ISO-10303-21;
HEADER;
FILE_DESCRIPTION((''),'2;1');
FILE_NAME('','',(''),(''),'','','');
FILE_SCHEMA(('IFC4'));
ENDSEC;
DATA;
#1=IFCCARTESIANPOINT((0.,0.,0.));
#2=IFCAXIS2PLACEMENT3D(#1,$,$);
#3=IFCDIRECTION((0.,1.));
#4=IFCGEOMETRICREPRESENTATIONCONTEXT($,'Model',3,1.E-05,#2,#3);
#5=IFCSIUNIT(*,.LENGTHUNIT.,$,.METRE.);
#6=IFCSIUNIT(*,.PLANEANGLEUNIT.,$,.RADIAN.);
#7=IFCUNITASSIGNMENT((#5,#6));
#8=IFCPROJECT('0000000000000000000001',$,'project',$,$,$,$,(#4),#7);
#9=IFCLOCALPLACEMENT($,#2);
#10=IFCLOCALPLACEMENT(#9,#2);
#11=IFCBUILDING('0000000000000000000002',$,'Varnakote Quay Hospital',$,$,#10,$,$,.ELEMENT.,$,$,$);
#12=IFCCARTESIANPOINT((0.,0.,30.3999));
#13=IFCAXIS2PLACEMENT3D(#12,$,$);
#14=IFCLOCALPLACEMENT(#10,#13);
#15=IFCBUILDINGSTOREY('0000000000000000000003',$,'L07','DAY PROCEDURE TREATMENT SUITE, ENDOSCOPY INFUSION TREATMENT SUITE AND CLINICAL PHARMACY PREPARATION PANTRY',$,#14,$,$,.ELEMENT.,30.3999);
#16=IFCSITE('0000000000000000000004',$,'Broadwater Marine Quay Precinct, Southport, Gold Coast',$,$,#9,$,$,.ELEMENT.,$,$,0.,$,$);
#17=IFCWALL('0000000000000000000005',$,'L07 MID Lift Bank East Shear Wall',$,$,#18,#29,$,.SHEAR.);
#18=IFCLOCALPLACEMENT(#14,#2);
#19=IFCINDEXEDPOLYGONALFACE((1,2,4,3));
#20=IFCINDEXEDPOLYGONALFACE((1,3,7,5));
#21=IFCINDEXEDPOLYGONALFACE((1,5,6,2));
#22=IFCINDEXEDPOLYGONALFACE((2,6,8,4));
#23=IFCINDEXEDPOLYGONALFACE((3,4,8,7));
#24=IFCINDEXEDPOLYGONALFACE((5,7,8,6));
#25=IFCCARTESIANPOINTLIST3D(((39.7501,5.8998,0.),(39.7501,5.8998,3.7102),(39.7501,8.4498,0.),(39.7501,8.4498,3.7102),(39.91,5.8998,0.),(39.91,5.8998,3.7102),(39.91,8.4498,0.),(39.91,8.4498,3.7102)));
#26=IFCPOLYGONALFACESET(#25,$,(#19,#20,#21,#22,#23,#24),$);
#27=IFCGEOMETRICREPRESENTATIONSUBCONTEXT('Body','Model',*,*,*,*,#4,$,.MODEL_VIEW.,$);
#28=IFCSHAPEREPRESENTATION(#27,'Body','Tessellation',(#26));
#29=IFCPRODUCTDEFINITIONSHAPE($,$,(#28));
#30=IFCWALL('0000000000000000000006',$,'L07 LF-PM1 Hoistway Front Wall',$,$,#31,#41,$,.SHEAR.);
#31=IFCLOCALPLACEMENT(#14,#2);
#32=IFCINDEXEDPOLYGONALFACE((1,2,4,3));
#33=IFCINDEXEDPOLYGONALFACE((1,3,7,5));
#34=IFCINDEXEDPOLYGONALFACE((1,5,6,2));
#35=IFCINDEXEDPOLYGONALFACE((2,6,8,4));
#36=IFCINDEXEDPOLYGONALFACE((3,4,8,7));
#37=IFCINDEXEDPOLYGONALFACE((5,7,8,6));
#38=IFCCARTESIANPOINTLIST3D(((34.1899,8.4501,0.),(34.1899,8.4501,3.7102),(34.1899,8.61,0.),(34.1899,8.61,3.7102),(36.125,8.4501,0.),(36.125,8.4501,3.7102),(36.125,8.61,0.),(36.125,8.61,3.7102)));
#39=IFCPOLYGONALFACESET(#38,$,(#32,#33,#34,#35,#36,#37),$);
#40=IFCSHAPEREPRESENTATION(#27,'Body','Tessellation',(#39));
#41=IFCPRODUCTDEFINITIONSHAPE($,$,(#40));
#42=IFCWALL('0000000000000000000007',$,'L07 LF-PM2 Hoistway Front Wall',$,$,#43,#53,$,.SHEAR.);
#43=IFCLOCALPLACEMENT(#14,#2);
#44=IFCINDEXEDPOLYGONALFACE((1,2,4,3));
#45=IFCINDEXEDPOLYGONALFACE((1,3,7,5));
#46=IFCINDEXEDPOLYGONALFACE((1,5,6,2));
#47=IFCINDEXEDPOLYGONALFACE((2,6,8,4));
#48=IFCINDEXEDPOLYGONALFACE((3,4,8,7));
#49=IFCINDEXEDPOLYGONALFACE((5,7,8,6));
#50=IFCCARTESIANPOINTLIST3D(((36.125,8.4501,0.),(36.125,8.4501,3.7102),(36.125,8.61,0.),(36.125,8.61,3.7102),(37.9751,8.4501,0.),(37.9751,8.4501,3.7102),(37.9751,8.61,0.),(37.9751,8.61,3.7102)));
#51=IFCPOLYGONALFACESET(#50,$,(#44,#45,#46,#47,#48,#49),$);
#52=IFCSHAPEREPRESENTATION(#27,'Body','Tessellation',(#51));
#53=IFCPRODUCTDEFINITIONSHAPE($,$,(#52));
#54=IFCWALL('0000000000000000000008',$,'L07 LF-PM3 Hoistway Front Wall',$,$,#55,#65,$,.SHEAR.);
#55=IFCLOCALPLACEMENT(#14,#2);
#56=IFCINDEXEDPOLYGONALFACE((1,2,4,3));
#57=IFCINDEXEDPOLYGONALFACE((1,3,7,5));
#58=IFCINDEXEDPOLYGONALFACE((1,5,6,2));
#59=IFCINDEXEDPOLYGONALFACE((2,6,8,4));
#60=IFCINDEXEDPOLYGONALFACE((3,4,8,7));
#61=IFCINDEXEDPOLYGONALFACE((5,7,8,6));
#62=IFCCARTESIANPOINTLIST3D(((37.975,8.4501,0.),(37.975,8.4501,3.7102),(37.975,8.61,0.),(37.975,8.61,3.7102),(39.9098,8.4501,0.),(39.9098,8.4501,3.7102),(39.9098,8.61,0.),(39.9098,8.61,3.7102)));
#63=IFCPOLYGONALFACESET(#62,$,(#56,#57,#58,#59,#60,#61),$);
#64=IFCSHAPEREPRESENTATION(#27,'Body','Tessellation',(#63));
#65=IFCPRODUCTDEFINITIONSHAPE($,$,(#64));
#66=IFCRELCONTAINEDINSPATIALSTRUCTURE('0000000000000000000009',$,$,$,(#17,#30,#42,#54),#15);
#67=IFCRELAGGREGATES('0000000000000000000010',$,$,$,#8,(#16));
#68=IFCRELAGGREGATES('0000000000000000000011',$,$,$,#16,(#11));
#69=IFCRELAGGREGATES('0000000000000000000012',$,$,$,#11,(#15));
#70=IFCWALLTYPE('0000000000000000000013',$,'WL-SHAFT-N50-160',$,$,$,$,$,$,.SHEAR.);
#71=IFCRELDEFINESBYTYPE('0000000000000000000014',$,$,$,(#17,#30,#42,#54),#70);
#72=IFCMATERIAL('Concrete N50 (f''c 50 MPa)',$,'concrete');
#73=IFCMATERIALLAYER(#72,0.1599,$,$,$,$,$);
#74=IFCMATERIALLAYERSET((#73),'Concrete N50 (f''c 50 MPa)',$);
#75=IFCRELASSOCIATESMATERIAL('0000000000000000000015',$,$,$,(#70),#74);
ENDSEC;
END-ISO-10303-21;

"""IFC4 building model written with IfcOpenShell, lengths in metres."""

from ifc_helpers import new_model, si_unit, direction, frame, frame_2d, origin, place, context, subcontext, project, spatial, rectangle, extrude, material, layer, layer_set, type_object, element, save


model = new_model("IFC4")

# Units and contexts
model_context = context("Model", 3, precision=1e-05, world=origin(), true_north=direction((0.0, 1.0)))
body_context = subcontext(model_context, "Body", "Model", "MODEL_VIEW")
ifc_project = project(units=[si_unit("LENGTHUNIT", "METRE"), si_unit("PLANEANGLEUNIT", "RADIAN")], contexts=[model_context])

# Site, building, storey
site_placement = place(None, origin())
site = spatial("IfcSite", under=ifc_project, at=site_placement, Name="Broadwater Marine Quay Precinct, Southport, Gold Coast", CompositionType="ELEMENT", RefElevation=0.0)
building_placement = place(site_placement, origin())
building = spatial("IfcBuilding", under=site, at=building_placement, Name="Varnakote Quay Hospital", CompositionType="ELEMENT")
storey_placement = place(building_placement, frame((0.0, 0.0, 30.3999)))
storey = spatial("IfcBuildingStorey", under=building, at=storey_placement, Name="L07", Description="DAY PROCEDURE TREATMENT SUITE, ENDOSCOPY INFUSION TREATMENT SUITE AND CLINICAL PHARMACY PREPARATION PANTRY", CompositionType="ELEMENT", Elevation=30.3999)

# Shared definitions
ifc_material_1 = material(Name="Concrete N50 (f'c 50 MPa)", Category="concrete")
ifc_layer_1 = layer(ifc_material_1, 0.1599)
ifc_layer_set_1 = layer_set([ifc_layer_1], Name="Concrete N50 (f'c 50 MPa)")
wall_type_1 = type_object("IfcWallType", Name="WL-SHAFT-N50-160", PredefinedType="SHEAR", material=ifc_layer_set_1)

# Walls
for number, where, z_axis, x_axis, name in (
    (1, (39.8301, 5.8999, 0.0), (0.0, 0.0, 1.0), (0.0, 1.0, 0.0), "L07 MID Lift Bank East Shear Wall"),
):
    element("IfcWall", number, at=place(storey_placement, frame(where, z_axis=z_axis, x_axis=x_axis)), inside=storey, type_object=wall_type_1, Name=name, PredefinedType="SHEAR", context=body_context, shape_type="SweptSolid", body=[
        extrude(rectangle(XDim=2.55, YDim=0.1599, at=frame_2d((1.2749, 0.0))), origin(), (0.0, 0.0, 1.0), 3.7102),
    ])
wall_1_placement = place(storey_placement, frame((34.1899, 8.53, 0.0), z_axis=(0.0, 0.0, 1.0), x_axis=(1.0, 0.0, 0.0)))
element("IfcWall", 2, at=wall_1_placement, inside=storey, type_object=wall_type_1, Name="L07 LF-PM1 Hoistway Front Wall", PredefinedType="SHEAR", context=body_context, shape_type="SweptSolid", body=[
    extrude(rectangle(XDim=1.9351, YDim=0.1599, at=frame_2d((0.9675, 0.0))), origin(), (0.0, 0.0, 1.0), 3.7102),
])
wall_2_placement = place(storey_placement, frame((36.125, 8.53, 0.0), z_axis=(0.0, 0.0, 1.0), x_axis=(1.0, 0.0, 0.0)))
element("IfcWall", 3, at=wall_2_placement, inside=storey, type_object=wall_type_1, Name="L07 LF-PM2 Hoistway Front Wall", PredefinedType="SHEAR", context=body_context, shape_type="SweptSolid", body=[
    extrude(rectangle(XDim=1.8501, YDim=0.1599, at=frame_2d((0.925, 0.0))), origin(), (0.0, 0.0, 1.0), 3.7102),
])
wall_3_placement = place(storey_placement, frame((37.9751, 8.53, 0.0), z_axis=(0.0, 0.0, 1.0), x_axis=(1.0, 0.0, 0.0)))
element("IfcWall", 4, at=wall_3_placement, inside=storey, type_object=wall_type_1, Name="L07 LF-PM3 Hoistway Front Wall", PredefinedType="SHEAR", context=body_context, shape_type="SweptSolid", body=[
    extrude(rectangle(XDim=1.9348, YDim=0.1599, at=frame_2d((0.9673, 0.0))), origin(), (0.0, 0.0, 1.0), 3.7102),
])

save(model, "model.ifc")
